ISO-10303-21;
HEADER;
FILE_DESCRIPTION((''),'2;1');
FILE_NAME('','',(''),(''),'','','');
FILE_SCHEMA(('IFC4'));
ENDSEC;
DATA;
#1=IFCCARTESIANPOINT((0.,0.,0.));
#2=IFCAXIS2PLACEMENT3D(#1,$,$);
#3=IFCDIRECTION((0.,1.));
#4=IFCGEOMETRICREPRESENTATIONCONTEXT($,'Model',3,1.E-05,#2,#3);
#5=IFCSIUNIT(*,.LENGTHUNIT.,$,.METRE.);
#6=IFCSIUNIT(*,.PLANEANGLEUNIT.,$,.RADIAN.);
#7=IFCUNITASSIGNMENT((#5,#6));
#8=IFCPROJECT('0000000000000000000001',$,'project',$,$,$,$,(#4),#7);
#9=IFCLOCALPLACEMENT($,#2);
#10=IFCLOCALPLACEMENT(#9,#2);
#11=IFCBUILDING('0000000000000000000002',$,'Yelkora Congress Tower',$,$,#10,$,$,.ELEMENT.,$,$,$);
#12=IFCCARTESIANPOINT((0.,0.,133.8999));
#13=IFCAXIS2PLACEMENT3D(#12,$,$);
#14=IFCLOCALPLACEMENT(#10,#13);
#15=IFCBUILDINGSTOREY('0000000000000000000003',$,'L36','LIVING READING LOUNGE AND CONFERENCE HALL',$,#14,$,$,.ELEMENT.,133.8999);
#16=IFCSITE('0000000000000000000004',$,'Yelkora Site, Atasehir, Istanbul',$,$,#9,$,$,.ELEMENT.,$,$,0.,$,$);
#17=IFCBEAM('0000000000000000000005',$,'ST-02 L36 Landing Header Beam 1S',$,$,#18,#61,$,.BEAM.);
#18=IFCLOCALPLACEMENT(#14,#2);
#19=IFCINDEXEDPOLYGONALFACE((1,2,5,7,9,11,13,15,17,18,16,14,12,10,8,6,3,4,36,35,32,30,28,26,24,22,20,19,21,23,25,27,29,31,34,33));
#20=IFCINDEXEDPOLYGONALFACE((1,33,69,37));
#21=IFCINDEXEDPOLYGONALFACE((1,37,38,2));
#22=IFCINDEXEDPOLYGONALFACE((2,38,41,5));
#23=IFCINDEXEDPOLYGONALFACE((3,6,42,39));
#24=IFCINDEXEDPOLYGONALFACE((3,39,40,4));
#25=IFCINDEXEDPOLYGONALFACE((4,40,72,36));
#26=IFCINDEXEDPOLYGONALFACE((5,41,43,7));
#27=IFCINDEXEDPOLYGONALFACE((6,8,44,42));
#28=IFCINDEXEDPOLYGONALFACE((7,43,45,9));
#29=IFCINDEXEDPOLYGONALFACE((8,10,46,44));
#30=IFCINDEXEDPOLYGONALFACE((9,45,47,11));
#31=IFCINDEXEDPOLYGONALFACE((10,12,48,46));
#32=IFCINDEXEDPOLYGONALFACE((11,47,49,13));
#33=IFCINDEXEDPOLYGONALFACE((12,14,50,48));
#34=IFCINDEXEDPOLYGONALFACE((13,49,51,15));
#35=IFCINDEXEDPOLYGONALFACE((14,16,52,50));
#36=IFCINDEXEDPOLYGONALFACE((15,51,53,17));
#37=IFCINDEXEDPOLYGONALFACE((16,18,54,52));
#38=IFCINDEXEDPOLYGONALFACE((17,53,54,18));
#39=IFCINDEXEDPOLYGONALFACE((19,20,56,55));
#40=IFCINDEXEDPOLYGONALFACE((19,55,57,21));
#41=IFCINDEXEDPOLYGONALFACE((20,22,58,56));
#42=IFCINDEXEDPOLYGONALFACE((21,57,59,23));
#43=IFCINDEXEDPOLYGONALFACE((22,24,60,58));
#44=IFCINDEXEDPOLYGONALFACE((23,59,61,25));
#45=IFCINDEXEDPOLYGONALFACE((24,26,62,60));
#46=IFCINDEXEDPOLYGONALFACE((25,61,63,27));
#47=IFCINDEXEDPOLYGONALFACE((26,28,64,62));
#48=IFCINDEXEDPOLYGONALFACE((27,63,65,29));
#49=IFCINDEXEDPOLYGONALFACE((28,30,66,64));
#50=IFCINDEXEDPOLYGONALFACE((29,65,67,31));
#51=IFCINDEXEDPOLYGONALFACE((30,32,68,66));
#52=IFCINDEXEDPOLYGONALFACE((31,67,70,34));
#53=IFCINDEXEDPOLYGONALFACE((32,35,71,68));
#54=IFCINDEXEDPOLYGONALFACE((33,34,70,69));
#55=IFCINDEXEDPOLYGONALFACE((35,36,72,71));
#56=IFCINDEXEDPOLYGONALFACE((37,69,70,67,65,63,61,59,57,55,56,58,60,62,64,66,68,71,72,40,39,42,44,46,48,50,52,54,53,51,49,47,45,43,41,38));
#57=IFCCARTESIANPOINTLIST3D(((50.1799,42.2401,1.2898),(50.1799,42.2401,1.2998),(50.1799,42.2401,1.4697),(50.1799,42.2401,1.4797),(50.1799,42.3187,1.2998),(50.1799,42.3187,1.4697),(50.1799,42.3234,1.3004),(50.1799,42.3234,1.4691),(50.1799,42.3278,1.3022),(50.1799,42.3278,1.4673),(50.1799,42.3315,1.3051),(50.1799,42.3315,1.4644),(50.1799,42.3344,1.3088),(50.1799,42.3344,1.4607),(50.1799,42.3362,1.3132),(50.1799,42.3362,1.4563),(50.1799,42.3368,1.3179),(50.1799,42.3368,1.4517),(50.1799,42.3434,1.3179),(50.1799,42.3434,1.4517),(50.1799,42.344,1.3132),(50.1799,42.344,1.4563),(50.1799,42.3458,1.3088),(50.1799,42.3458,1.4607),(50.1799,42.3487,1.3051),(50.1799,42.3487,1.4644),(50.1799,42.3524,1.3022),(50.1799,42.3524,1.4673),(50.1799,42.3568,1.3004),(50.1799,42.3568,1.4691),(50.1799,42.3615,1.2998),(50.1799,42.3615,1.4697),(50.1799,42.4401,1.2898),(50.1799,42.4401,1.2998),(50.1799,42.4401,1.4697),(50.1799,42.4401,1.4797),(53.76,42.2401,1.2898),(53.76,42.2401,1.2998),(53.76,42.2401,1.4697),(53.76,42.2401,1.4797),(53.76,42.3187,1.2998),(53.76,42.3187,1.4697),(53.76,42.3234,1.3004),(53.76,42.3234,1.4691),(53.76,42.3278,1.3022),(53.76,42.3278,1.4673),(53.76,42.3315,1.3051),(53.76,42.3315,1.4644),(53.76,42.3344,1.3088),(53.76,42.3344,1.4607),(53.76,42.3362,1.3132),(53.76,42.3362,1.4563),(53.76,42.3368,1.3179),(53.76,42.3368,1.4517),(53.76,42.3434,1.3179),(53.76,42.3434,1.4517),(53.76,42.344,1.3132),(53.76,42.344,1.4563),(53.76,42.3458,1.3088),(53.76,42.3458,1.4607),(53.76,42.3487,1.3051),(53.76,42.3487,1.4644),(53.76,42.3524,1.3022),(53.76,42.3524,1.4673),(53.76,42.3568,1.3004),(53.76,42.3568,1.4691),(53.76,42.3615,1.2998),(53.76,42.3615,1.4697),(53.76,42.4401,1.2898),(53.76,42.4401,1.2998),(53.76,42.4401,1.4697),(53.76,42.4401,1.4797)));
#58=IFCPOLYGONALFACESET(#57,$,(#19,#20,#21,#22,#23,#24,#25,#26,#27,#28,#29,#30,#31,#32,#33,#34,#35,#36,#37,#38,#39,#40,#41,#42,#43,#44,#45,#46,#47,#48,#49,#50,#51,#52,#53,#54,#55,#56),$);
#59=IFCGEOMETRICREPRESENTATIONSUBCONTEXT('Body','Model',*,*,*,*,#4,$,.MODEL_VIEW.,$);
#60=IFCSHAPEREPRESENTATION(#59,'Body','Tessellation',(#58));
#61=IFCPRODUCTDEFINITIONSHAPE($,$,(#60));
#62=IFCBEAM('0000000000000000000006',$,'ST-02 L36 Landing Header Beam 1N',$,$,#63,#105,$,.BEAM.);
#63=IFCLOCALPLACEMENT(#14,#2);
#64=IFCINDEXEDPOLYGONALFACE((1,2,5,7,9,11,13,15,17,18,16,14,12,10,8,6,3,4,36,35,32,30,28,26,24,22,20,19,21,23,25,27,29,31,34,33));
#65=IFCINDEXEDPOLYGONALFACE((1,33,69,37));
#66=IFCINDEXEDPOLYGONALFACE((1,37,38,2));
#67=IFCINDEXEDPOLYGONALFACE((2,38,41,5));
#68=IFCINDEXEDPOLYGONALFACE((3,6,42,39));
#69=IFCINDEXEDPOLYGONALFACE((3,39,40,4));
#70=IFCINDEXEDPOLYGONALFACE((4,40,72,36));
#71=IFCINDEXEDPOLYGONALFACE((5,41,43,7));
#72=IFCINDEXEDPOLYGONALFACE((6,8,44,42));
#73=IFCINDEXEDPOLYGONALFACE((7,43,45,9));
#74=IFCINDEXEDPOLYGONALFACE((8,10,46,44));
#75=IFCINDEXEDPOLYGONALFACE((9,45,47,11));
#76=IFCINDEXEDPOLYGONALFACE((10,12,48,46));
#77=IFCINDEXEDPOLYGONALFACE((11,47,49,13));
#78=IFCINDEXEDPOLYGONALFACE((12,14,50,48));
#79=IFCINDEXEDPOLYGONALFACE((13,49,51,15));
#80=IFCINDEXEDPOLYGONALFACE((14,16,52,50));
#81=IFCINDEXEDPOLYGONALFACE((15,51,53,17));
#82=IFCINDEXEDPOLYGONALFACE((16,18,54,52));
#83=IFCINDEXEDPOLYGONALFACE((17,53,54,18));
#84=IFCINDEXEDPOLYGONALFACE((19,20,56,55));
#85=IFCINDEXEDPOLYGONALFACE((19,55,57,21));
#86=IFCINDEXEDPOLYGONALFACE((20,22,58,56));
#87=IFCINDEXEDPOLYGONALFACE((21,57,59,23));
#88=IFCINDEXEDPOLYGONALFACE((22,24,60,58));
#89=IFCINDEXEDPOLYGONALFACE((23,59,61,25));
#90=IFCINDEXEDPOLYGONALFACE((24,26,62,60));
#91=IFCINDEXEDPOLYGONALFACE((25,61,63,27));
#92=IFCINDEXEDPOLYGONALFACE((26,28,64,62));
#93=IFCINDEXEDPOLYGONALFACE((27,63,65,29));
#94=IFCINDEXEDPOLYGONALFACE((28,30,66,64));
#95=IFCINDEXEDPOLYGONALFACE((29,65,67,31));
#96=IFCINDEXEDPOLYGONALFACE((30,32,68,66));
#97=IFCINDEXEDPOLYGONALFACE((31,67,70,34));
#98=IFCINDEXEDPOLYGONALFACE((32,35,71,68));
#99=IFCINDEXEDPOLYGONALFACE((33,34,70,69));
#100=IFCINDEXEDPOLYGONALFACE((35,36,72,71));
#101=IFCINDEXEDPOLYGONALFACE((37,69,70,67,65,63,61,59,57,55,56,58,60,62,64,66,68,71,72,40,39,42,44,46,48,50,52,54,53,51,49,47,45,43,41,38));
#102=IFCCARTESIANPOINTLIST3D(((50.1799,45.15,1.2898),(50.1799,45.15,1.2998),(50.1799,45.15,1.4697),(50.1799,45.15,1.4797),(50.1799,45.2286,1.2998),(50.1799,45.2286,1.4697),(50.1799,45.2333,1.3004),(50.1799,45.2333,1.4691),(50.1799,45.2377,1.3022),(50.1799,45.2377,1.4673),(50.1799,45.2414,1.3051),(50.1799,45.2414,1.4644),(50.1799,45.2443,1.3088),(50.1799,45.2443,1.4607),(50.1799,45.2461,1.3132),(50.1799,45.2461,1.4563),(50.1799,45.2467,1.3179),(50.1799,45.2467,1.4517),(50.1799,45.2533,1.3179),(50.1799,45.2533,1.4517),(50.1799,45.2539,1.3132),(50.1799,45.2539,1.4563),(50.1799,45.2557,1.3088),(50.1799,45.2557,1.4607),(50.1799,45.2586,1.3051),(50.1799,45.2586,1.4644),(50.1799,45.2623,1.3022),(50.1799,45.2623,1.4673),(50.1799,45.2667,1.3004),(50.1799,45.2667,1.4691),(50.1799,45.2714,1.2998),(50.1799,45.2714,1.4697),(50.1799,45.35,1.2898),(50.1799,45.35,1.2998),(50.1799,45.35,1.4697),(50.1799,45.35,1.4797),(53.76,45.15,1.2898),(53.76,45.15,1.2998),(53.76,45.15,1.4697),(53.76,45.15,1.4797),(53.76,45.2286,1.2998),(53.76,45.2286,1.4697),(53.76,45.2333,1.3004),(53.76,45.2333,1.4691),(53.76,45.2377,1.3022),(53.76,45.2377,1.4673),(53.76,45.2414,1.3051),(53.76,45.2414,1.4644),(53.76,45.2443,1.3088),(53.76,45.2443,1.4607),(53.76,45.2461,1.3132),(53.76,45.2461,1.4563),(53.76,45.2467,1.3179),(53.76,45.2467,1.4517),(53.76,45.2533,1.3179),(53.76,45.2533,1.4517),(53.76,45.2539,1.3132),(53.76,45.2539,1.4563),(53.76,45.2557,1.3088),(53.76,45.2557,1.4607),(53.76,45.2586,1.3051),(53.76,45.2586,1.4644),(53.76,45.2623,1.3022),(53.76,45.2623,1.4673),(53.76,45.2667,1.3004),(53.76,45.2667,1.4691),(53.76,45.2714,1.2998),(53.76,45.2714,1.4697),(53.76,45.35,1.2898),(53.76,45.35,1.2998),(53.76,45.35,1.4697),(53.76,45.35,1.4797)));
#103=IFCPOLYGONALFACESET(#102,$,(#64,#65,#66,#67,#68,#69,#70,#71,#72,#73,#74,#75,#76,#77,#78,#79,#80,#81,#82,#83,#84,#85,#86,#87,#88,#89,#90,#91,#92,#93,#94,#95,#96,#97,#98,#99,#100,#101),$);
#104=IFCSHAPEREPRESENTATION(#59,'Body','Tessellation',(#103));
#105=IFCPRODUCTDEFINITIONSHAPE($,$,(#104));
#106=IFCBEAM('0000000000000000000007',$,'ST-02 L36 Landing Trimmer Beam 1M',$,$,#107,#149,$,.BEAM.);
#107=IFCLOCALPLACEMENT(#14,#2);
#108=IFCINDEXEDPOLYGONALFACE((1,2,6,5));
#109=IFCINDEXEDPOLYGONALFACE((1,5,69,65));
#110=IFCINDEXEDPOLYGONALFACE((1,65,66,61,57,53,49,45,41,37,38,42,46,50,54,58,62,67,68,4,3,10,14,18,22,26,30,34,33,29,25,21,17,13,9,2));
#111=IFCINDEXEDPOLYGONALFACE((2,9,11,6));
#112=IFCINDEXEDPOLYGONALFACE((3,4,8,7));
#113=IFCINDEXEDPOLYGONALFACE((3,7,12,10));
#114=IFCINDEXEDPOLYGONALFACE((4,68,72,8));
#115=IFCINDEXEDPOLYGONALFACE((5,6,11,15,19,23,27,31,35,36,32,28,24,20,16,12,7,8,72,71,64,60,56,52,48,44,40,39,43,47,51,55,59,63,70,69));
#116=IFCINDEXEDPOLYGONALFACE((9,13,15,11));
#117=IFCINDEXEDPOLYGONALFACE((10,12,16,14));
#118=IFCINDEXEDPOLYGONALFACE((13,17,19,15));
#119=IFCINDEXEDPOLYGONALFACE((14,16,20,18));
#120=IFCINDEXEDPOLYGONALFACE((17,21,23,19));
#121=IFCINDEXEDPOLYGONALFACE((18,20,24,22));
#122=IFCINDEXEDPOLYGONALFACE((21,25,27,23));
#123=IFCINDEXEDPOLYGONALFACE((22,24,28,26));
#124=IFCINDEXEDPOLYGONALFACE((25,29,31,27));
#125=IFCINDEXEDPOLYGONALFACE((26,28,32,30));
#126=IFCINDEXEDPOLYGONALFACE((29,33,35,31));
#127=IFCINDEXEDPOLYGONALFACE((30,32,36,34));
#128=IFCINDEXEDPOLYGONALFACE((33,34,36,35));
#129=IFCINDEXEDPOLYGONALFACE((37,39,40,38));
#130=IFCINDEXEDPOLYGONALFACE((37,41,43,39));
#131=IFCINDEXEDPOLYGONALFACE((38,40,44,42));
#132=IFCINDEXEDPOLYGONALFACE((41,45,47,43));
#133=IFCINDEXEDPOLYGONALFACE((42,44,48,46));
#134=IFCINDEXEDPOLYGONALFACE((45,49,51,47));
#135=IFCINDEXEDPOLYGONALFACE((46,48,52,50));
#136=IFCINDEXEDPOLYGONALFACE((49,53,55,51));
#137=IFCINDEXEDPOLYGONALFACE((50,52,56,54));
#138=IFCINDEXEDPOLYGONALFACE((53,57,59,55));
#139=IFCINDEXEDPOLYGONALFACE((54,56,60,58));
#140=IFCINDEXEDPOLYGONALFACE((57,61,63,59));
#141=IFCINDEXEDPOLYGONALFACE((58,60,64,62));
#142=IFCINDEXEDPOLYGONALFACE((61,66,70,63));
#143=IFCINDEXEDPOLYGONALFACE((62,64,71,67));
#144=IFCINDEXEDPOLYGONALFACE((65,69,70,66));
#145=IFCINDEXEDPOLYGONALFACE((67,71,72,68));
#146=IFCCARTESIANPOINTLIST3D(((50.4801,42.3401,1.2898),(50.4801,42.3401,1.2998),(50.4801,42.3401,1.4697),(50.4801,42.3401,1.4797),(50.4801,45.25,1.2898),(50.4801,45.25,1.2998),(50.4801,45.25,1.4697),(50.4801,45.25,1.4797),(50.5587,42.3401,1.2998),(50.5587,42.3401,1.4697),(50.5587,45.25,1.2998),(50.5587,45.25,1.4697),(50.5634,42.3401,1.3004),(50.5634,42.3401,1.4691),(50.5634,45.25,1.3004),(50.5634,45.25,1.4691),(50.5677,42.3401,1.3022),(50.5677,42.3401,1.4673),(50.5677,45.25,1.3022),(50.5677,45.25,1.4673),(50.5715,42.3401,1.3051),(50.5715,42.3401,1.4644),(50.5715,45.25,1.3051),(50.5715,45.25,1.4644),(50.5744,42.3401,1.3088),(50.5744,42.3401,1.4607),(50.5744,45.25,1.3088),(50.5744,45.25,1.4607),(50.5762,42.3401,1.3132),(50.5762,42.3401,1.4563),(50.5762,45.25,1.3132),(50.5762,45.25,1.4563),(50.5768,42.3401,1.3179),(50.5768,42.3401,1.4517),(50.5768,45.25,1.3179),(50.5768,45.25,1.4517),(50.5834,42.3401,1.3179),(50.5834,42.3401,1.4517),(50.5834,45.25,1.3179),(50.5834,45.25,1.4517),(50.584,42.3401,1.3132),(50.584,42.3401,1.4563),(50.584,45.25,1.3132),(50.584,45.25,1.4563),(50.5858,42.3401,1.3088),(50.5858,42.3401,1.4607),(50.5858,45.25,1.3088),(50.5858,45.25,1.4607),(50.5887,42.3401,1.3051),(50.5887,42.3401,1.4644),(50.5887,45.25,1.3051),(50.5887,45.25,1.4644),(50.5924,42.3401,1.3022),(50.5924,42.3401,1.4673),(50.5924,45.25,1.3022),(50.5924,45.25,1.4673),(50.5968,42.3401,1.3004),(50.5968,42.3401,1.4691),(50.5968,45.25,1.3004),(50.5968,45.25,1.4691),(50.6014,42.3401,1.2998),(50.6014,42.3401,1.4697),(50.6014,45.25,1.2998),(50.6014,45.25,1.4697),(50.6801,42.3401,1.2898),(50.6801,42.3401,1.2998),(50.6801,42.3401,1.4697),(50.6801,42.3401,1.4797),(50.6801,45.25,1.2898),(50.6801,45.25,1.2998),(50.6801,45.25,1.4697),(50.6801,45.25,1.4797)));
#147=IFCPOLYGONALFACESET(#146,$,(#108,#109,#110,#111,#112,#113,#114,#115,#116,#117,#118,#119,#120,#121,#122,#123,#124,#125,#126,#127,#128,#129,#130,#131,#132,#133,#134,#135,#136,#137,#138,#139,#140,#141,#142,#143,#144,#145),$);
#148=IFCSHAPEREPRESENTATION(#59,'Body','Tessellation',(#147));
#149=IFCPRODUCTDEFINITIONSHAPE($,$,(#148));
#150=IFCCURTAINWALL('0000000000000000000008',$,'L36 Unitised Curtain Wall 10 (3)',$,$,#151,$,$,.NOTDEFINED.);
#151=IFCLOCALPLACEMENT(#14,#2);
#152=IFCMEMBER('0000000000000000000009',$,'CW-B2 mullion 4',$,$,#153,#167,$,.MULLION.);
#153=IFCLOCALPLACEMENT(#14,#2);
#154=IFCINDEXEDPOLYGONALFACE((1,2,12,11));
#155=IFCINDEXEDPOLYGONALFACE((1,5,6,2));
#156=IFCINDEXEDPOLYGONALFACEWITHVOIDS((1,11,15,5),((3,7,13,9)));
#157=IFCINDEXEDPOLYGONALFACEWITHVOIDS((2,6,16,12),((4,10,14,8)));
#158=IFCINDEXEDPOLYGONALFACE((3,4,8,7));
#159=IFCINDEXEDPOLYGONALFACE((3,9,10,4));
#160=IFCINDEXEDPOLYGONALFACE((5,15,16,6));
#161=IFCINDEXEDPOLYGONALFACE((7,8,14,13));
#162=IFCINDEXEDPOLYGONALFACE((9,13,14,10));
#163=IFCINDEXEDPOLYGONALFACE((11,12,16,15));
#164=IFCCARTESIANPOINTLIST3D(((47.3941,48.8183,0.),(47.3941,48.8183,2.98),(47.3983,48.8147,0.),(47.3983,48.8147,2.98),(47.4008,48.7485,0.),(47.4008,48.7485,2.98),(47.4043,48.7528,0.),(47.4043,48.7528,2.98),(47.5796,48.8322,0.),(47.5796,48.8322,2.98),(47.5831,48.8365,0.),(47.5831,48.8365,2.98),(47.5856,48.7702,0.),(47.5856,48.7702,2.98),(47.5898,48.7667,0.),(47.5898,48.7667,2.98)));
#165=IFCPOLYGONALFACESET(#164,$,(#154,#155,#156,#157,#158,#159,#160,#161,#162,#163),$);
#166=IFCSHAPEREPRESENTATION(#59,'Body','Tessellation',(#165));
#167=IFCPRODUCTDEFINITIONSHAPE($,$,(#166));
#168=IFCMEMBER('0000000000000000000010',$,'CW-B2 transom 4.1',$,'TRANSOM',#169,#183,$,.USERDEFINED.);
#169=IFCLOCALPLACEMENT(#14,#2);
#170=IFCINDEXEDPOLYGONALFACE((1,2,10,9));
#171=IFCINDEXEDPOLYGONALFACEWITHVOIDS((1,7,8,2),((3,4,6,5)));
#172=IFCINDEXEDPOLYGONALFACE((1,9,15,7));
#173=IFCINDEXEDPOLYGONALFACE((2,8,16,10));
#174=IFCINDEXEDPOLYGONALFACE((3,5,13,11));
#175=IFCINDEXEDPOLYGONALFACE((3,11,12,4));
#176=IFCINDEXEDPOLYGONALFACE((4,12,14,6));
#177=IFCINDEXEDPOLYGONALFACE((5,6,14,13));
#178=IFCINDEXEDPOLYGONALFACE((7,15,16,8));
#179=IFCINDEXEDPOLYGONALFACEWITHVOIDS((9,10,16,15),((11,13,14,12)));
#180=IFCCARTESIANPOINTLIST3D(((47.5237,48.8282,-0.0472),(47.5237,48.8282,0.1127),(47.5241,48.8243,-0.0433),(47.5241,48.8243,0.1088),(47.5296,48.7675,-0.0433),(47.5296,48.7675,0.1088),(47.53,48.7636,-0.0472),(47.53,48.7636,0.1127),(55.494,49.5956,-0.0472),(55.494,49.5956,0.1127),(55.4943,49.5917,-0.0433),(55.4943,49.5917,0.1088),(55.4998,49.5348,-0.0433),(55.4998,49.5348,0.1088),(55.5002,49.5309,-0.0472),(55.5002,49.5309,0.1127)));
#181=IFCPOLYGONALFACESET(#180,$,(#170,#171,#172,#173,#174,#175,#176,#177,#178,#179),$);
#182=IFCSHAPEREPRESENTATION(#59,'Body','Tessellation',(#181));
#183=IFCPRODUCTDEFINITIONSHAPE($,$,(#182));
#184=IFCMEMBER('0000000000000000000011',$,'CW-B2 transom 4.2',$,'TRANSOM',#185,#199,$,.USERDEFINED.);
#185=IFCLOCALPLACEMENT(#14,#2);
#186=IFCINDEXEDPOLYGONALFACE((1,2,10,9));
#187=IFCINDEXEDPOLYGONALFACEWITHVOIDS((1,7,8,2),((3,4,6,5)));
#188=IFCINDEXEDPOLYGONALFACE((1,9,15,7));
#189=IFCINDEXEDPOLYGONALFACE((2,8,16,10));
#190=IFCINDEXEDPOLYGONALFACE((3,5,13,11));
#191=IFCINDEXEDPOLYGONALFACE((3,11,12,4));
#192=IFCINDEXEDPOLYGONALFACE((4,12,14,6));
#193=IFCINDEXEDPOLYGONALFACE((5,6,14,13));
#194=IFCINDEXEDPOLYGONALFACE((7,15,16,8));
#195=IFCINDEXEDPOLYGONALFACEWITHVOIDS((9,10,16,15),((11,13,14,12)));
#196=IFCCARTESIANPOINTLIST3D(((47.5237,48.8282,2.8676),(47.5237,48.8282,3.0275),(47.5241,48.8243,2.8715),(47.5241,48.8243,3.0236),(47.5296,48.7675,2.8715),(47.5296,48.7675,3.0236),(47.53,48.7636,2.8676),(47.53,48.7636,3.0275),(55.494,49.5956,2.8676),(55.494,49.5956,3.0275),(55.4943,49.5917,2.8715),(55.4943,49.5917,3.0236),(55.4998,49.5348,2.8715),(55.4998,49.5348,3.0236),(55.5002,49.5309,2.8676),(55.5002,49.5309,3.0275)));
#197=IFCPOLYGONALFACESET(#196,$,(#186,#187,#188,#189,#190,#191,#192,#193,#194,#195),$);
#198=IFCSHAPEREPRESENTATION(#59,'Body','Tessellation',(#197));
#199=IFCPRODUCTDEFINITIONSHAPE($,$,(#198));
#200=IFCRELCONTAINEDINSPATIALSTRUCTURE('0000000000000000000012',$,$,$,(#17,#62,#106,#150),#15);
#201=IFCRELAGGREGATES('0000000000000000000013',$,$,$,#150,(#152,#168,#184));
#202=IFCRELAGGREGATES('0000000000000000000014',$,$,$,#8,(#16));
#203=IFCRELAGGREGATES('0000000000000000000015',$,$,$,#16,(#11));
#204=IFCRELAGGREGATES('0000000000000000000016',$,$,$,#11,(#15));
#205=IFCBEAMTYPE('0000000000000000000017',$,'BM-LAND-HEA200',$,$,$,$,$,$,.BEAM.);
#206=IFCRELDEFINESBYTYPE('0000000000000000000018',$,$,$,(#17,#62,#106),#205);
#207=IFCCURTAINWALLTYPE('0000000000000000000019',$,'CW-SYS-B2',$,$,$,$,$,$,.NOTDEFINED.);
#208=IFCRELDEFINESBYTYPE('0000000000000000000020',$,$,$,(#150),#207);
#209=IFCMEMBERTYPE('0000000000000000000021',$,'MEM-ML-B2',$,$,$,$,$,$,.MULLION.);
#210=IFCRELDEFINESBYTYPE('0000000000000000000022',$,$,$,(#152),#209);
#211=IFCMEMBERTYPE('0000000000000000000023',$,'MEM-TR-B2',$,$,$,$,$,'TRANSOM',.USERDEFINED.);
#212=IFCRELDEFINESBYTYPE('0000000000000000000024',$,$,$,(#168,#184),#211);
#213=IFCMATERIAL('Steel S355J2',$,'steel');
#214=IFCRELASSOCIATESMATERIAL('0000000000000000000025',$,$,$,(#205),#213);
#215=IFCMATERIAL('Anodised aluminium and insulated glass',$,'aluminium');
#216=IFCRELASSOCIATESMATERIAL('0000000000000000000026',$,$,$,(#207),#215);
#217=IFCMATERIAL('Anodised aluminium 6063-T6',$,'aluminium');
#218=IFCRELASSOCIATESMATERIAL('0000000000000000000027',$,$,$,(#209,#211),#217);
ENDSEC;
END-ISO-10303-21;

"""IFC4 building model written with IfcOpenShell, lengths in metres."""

from ifc_helpers import new_model, si_unit, direction, frame, origin, origin_2d, place, context, subcontext, project, spatial, hollow_rectangle, i_section, extrude, material, material_profile, profile_set, type_object, element, aggregate, save


model = new_model("IFC4")

# Units and contexts
model_context = context("Model", 3, precision=1e-05, world=origin(), true_north=direction((0.0, 1.0)))
body_context = subcontext(model_context, "Body", "Model", "MODEL_VIEW")
ifc_project = project(units=[si_unit("LENGTHUNIT", "METRE"), si_unit("PLANEANGLEUNIT", "RADIAN")], contexts=[model_context])

# Site, building, storey
site_placement = place(None, origin())
site = spatial("IfcSite", under=ifc_project, at=site_placement, Name="Yelkora Site, Atasehir, Istanbul", CompositionType="ELEMENT", RefElevation=0.0)
building_placement = place(site_placement, origin())
building = spatial("IfcBuilding", under=site, at=building_placement, Name="Yelkora Congress Tower", CompositionType="ELEMENT")
storey_placement = place(building_placement, frame((0.0, 0.0, 133.8999)))
storey = spatial("IfcBuildingStorey", under=building, at=storey_placement, Name="L36", Description="LIVING READING LOUNGE AND CONFERENCE HALL", CompositionType="ELEMENT", Elevation=133.8999)

# Beams
ifc_material_1 = material(Name="Steel S355J2", Category="steel")
ifc_material_profile_1 = material_profile(ifc_material_1, i_section(OverallWidth=0.2, OverallDepth=0.1899, WebThickness=0.0066, FlangeThickness=0.01, FilletRadius=0.0181, at=origin_2d()), Name="HEA 200")
ifc_profile_set_1 = profile_set([ifc_material_profile_1], Name="Steel S355J2")
beam_type_1 = type_object("IfcBeamType", Name="BM-LAND-HEA200", PredefinedType="BEAM", material=ifc_profile_set_1)
for number, where, z_axis, x_axis, name in (
    (1, (50.1799, 42.3401, 1.3848), (1.0, 0.0, 0.0), (0.0, 1.0, 0.0), "ST-02 L36 Landing Header Beam 1S"),
    (2, (50.1799, 45.25, 1.3848), (1.0, 0.0, 0.0), (0.0, 1.0, 0.0), "ST-02 L36 Landing Header Beam 1N"),
):
    element("IfcBeam", number, at=place(storey_placement, frame(where, z_axis=z_axis, x_axis=x_axis)), inside=storey, type_object=beam_type_1, Name=name, PredefinedType="BEAM", context=body_context, shape_type="SweptSolid", body=[
        extrude(i_section(OverallWidth=0.2, OverallDepth=0.1899, WebThickness=0.0066, FlangeThickness=0.01, FilletRadius=0.0181, at=origin_2d()), origin(), (0.0, 0.0, 1.0), 3.5801),
    ])
beam_1_placement = place(storey_placement, frame((50.5801, 42.3401, 1.3848), z_axis=(0.0, 1.0, 0.0), x_axis=(-1.0, 0.0, 0.0)))
element("IfcBeam", 3, at=beam_1_placement, inside=storey, type_object=beam_type_1, Name="ST-02 L36 Landing Trimmer Beam 1M", PredefinedType="BEAM", context=body_context, shape_type="SweptSolid", body=[
    extrude(i_section(OverallWidth=0.2, OverallDepth=0.1899, WebThickness=0.0066, FlangeThickness=0.01, FilletRadius=0.0181, at=origin_2d()), origin(), (0.0, 0.0, 1.0), 2.9099),
])

# Curtain wall, members
ifc_material_2 = material(Name="Anodised aluminium and insulated glass", Category="aluminium")
curtain_wall_type = type_object("IfcCurtainWallType", Name="CW-SYS-B2", PredefinedType="NOTDEFINED", material=ifc_material_2)
curtain_wall_placement = place(storey_placement, origin())
curtain_wall = element("IfcCurtainWall", 4, at=curtain_wall_placement, inside=storey, type_object=curtain_wall_type, Name="L36 Unitised Curtain Wall 10 (3)", PredefinedType="NOTDEFINED")
ifc_material_3 = material(Name="Anodised aluminium 6063-T6", Category="aluminium")
ifc_material_profile_2 = material_profile(ifc_material_3, hollow_rectangle(XDim=0.0701, YDim=0.1899, WallThickness=0.0039, at=origin_2d()), Name="ALU 70x190x4")
ifc_profile_set_2 = profile_set([ifc_material_profile_2], Name="Anodised aluminium 6063-T6")
member_type_1 = type_object("IfcMemberType", Name="MEM-ML-B2", PredefinedType="MULLION", material=ifc_profile_set_2)
member_1_placement = place(storey_placement, frame((47.4919, 48.7925, 0.0), z_axis=(0.0, 0.0, 1.0), x_axis=(-0.095844, 0.995396, 0.0)))
member_1 = element("IfcMember", 5, at=member_1_placement, type_object=member_type_1, Name="CW-B2 mullion 4", PredefinedType="MULLION", context=body_context, shape_type="SweptSolid", body=[
    extrude(hollow_rectangle(XDim=0.0701, YDim=0.1899, WallThickness=0.0039, at=origin_2d()), origin(), (0.0, 0.0, 1.0), 2.98),
])
ifc_material_profile_3 = material_profile(ifc_material_3, hollow_rectangle(XDim=0.0649, YDim=0.1599, WallThickness=0.0039, at=origin_2d()), Name="ALU 65x160x4")
ifc_profile_set_3 = profile_set([ifc_material_profile_3], Name="Anodised aluminium 6063-T6")
member_type_2 = type_object("IfcMemberType", Name="MEM-TR-B2", ElementType="TRANSOM", PredefinedType="USERDEFINED", material=ifc_profile_set_3)
member_2_placement = place(storey_placement, frame((47.5269, 48.7959, 0.0327), z_axis=(0.995398, 0.095832, 0.0), x_axis=(-0.095832, 0.995398, 0.0)))
member_2 = element("IfcMember", 6, at=member_2_placement, type_object=member_type_2, Name="CW-B2 transom 4.1", ObjectType="TRANSOM", PredefinedType="USERDEFINED", context=body_context, shape_type="SweptSolid", body=[
    extrude(hollow_rectangle(XDim=0.0649, YDim=0.1599, WallThickness=0.0039, at=origin_2d()), origin(), (0.0, 0.0, 1.0), 8.0071),
])
member_3_placement = place(storey_placement, frame((47.5269, 48.7959, 2.9475), z_axis=(0.995398, 0.095832, 0.0), x_axis=(-0.095832, 0.995398, 0.0)))
member_3 = element("IfcMember", 7, at=member_3_placement, type_object=member_type_2, Name="CW-B2 transom 4.2", ObjectType="TRANSOM", PredefinedType="USERDEFINED", context=body_context, shape_type="SweptSolid", body=[
    extrude(hollow_rectangle(XDim=0.0649, YDim=0.1599, WallThickness=0.0039, at=origin_2d()), origin(), (0.0, 0.0, 1.0), 8.0071),
])
aggregate(curtain_wall, [member_1, member_2, member_3])

save(model, "model.ifc")
